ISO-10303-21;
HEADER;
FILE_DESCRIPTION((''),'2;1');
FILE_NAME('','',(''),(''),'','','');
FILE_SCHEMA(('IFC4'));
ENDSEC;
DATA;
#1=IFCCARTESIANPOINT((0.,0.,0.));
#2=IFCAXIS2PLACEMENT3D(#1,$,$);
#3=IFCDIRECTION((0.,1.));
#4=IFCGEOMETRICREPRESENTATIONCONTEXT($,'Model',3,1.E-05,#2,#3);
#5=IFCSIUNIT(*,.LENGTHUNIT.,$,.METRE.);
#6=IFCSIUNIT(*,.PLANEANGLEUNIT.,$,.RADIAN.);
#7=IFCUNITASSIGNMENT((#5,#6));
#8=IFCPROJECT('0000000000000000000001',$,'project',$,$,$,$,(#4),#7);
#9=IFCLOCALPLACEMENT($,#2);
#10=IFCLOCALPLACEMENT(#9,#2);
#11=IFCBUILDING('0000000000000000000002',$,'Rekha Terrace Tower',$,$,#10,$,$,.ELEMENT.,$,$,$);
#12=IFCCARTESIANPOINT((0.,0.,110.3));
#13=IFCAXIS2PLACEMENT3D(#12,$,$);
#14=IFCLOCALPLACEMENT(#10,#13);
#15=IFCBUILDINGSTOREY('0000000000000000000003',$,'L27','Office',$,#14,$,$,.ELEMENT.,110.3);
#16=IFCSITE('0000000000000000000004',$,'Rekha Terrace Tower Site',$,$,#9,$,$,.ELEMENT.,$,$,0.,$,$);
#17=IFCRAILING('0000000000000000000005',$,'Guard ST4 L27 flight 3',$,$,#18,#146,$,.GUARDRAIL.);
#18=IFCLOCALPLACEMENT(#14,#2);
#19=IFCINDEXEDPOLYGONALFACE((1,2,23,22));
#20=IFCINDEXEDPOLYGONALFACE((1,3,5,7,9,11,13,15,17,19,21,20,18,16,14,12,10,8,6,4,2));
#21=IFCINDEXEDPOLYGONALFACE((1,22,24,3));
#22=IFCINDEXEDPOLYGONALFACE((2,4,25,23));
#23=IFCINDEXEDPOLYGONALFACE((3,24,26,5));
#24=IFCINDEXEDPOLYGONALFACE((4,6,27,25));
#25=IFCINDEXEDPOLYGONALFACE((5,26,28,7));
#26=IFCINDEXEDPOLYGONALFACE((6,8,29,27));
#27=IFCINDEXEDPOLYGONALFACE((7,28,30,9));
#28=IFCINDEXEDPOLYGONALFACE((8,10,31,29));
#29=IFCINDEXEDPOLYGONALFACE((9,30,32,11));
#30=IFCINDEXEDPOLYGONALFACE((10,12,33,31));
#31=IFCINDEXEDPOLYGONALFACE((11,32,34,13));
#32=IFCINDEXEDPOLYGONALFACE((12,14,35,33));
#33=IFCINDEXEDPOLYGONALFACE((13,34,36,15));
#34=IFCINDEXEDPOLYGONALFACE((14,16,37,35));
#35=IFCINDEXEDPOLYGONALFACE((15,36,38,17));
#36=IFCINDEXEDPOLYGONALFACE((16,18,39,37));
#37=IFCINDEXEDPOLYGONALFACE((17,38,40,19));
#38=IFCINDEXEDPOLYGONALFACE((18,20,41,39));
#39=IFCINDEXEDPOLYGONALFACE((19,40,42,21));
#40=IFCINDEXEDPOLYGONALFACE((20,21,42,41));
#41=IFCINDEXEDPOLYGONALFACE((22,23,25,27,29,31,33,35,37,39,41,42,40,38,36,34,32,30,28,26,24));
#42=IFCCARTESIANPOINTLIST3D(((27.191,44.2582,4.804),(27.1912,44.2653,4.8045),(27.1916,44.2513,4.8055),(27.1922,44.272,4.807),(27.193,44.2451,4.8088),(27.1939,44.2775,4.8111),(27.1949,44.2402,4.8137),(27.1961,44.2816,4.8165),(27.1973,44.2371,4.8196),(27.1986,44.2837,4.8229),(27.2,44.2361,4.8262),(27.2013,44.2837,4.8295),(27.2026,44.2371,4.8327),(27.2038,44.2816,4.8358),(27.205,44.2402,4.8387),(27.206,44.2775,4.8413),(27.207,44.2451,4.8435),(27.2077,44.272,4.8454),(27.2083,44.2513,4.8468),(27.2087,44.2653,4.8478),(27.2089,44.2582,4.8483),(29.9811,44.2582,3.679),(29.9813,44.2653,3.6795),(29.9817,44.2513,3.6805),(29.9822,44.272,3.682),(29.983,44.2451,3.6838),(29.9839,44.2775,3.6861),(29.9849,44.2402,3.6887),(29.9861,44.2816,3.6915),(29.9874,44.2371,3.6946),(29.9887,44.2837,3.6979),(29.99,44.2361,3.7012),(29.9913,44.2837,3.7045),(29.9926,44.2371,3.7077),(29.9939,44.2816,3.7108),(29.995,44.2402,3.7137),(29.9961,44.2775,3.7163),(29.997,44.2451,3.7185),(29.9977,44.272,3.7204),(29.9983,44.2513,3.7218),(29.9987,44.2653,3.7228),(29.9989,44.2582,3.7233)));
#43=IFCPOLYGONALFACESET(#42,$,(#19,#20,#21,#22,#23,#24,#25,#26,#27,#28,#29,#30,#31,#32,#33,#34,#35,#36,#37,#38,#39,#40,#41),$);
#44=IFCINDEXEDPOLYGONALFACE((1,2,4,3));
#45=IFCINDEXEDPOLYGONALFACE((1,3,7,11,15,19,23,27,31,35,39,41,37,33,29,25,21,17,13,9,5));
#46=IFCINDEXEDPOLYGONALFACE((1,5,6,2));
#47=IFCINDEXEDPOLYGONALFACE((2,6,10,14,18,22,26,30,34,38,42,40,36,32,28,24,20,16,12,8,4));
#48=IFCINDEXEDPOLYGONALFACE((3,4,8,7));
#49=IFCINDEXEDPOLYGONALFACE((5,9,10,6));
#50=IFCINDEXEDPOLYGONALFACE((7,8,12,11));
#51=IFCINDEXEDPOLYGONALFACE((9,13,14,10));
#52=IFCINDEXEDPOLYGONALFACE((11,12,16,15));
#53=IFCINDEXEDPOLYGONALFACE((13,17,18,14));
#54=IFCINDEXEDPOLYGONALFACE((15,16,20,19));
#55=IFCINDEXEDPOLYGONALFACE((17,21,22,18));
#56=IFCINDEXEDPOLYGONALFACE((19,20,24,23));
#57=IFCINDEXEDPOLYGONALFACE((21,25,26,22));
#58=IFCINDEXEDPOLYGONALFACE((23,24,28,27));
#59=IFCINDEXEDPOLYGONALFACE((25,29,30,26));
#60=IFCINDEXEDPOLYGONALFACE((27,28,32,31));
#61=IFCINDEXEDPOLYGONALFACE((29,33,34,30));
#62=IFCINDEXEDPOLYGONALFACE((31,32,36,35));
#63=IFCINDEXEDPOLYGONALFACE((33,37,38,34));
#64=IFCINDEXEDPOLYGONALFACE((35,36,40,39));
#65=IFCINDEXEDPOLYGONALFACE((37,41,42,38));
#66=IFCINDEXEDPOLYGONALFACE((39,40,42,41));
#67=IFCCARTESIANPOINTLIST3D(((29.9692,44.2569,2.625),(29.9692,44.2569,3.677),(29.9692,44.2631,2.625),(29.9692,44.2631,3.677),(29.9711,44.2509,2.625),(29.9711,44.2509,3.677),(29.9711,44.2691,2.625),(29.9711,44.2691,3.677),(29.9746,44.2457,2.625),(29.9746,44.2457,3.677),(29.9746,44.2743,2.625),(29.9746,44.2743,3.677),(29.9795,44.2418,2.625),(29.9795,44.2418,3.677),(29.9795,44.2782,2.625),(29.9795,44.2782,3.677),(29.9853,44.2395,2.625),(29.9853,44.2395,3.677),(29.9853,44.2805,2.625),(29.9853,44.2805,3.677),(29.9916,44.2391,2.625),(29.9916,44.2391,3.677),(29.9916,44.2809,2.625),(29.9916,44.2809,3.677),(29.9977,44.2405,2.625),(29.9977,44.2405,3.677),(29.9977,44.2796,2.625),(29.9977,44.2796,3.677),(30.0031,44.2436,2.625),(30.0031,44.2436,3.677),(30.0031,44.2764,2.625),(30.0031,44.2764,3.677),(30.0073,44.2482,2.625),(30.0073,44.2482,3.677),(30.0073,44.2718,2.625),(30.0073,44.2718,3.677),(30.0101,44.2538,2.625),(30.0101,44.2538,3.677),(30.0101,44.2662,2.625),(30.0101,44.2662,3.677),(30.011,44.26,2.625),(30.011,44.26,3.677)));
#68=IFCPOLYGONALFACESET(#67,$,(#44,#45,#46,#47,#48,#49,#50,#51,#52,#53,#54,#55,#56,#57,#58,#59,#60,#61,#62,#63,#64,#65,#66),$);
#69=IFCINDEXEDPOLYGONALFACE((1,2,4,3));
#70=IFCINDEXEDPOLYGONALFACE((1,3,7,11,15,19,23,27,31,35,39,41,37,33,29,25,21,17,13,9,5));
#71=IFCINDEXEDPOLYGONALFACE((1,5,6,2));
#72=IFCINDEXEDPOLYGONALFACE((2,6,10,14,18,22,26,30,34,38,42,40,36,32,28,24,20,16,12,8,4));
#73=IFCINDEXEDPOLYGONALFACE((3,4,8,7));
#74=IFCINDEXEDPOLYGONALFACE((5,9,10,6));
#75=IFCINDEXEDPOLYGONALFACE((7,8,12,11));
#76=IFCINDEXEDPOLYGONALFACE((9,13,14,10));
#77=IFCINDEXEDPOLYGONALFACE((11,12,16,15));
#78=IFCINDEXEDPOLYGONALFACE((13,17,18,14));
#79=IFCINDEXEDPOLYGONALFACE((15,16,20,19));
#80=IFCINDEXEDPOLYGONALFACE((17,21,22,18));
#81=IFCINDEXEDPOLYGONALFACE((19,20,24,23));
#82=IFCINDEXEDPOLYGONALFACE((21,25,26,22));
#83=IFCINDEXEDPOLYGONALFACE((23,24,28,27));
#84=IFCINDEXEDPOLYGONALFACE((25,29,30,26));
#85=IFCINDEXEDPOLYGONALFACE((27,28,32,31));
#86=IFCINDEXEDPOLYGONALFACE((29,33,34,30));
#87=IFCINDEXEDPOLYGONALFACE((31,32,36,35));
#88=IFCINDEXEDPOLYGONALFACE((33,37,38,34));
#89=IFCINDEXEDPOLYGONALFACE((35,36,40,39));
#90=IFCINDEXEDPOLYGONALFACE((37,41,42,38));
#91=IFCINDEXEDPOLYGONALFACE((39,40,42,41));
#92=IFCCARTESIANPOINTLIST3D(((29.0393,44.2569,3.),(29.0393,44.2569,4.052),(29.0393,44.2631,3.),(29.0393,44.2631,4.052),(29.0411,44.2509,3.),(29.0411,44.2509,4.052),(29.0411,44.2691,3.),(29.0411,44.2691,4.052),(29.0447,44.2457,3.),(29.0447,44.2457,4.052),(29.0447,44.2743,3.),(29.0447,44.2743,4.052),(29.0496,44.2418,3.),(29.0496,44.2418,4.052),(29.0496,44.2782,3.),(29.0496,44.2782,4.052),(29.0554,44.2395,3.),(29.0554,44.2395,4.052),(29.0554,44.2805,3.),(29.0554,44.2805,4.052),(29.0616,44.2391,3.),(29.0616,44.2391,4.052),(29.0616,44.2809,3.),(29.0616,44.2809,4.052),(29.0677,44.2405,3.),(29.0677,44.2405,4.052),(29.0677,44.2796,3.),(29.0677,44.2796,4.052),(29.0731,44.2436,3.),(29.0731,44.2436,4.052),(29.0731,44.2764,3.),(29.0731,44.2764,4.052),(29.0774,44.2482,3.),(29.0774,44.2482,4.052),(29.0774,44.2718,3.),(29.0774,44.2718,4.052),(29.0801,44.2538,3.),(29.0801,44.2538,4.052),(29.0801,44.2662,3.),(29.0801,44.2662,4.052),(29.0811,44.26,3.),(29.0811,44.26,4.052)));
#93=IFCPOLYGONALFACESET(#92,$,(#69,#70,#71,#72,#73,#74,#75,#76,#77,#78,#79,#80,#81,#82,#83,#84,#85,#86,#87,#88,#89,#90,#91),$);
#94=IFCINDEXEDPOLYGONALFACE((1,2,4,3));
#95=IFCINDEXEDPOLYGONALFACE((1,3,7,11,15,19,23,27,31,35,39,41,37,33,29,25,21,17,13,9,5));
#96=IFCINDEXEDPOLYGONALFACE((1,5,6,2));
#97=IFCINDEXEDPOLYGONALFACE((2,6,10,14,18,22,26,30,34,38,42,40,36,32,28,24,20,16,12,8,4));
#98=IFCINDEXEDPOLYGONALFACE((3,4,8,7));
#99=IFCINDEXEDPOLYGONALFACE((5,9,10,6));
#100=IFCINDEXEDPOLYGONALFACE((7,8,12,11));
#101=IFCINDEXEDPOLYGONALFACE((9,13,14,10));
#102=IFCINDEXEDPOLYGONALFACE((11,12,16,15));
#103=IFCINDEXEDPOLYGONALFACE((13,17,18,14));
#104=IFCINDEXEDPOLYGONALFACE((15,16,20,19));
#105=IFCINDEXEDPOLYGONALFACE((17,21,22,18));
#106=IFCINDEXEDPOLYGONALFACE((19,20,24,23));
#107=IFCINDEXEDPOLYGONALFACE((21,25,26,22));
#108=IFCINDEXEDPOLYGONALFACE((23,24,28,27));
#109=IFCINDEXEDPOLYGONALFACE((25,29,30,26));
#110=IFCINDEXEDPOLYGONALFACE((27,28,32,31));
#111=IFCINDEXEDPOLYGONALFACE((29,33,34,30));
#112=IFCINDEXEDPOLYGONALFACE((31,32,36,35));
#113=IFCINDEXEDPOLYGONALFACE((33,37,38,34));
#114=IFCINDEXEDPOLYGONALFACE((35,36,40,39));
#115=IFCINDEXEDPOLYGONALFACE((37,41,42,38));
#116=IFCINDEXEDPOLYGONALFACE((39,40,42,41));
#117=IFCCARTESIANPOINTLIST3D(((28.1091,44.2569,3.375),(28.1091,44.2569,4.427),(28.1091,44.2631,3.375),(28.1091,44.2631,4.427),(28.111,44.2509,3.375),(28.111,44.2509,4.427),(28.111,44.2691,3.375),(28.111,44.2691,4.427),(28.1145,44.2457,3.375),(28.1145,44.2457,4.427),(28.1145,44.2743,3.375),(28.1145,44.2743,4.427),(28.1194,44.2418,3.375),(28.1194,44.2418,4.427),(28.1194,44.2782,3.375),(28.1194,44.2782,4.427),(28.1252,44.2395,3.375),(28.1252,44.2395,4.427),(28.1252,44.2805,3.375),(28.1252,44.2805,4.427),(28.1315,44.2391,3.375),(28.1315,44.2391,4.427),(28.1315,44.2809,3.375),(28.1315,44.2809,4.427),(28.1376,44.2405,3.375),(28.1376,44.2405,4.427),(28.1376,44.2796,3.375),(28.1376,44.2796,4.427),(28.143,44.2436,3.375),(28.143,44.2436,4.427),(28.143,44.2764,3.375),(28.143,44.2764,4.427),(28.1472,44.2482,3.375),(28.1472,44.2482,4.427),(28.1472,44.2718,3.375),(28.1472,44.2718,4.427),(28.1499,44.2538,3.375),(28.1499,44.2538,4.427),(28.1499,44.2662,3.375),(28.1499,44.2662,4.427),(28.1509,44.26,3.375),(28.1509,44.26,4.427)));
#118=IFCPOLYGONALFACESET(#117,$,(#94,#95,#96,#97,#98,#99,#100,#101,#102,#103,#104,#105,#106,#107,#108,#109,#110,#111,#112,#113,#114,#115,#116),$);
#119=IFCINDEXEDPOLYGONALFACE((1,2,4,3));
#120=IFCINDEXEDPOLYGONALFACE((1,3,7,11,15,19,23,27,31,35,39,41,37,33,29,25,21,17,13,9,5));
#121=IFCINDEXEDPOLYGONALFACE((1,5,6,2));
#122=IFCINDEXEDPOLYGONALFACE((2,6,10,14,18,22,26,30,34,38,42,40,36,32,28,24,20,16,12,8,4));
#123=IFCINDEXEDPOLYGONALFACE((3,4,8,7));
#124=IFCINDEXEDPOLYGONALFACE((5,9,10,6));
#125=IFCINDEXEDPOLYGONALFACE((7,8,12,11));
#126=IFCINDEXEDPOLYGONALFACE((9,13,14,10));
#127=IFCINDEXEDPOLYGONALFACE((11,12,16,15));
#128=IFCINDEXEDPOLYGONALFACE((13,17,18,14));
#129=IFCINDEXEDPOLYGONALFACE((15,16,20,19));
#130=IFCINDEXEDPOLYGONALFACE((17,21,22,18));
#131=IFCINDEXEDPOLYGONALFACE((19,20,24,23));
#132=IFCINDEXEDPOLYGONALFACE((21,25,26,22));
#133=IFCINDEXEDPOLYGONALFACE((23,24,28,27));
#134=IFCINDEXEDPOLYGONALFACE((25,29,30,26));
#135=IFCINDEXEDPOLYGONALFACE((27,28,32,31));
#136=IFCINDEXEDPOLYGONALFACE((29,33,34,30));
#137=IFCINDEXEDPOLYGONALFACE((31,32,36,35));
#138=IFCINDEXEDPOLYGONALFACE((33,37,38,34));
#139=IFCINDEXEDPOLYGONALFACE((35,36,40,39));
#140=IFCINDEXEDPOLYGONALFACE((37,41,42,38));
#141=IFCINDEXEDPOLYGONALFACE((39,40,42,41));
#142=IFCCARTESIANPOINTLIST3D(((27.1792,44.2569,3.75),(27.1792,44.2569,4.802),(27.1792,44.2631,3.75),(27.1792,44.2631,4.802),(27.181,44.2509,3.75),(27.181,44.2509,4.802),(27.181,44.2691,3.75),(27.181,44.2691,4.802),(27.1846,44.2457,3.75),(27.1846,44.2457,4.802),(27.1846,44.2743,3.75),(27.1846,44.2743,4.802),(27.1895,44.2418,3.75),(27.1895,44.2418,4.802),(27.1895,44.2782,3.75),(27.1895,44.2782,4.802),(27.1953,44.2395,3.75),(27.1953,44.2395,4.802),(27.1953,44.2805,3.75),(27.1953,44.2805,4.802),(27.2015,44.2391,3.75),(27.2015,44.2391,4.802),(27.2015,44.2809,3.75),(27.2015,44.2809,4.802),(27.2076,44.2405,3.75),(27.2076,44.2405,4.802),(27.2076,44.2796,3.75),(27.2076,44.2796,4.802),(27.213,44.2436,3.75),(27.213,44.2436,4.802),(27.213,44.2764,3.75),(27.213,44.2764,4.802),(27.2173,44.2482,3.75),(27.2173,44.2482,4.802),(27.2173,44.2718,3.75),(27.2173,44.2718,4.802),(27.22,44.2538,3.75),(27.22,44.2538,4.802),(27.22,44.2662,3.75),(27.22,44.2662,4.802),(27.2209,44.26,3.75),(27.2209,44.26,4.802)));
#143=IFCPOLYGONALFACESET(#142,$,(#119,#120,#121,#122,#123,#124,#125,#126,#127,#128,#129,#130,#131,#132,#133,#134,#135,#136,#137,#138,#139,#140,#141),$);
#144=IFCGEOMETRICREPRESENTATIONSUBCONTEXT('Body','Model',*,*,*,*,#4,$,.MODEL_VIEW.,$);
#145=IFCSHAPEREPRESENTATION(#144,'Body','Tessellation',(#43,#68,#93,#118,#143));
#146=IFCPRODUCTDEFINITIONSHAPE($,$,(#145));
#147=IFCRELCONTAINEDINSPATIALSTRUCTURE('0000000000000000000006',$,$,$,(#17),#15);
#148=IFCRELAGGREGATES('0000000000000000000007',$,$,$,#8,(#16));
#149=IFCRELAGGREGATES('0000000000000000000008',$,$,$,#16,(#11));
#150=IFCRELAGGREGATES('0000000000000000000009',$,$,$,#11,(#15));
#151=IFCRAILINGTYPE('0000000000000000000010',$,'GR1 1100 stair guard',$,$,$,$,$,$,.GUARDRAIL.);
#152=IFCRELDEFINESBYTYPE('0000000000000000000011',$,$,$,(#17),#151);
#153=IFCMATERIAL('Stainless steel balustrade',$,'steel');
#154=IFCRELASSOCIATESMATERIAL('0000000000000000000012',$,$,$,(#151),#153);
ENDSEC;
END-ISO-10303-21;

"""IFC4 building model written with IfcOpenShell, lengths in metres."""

from ifc_helpers import new_model, si_unit, direction, frame, origin, origin_2d, place, context, subcontext, project, spatial, circle, extrude, material, type_object, element, save


model = new_model("IFC4")

# Units and contexts
model_context = context("Model", 3, precision=1e-05, world=origin(), true_north=direction((0.0, 1.0)))
body_context = subcontext(model_context, "Body", "Model", "MODEL_VIEW")
ifc_project = project(units=[si_unit("LENGTHUNIT", "METRE"), si_unit("PLANEANGLEUNIT", "RADIAN")], contexts=[model_context])

# Site, building, storey
site_placement = place(None, origin())
site = spatial("IfcSite", under=ifc_project, at=site_placement, Name="Rekha Terrace Tower Site", CompositionType="ELEMENT", RefElevation=0.0)
building_placement = place(site_placement, origin())
building = spatial("IfcBuilding", under=site, at=building_placement, Name="Rekha Terrace Tower", CompositionType="ELEMENT")
storey_placement = place(building_placement, frame((0.0, 0.0, 110.3)))
storey = spatial("IfcBuildingStorey", under=building, at=storey_placement, Name="L27", Description="Office", CompositionType="ELEMENT", Elevation=110.3)

# Railing
ifc_material_1 = material(Name="Stainless steel balustrade", Category="steel")
railing_type_1 = type_object("IfcRailingType", Name="GR1 1100 stair guard", PredefinedType="GUARDRAIL", material=ifc_material_1)
railing_1_placement = place(storey_placement, frame((29.99, 44.26, 2.625)))
element("IfcRailing", 1, at=railing_1_placement, inside=storey, type_object=railing_type_1, Name="Guard ST4 L27 flight 3", PredefinedType="GUARDRAIL", context=body_context, shape_type="SweptSolid", body=[
    extrude(circle(Radius=0.0239, at=origin_2d()), frame((0.0, 0.0, 1.0762), z_axis=(-0.927443, 0.0, 0.373964), x_axis=(0.0, -1.0, 0.0)), (0.0, 0.0, 1.0), 3.0083),
    extrude(circle(Radius=0.021, at=origin_2d()), origin(), (0.0, 0.0, 1.0), 1.052),
    extrude(circle(Radius=0.021, at=origin_2d()), frame((-0.9299, 0.0, 0.375)), (0.0, 0.0, 1.0), 1.052),
    extrude(circle(Radius=0.021, at=origin_2d()), frame((-1.8601, 0.0, 0.75)), (0.0, 0.0, 1.0), 1.052),
    extrude(circle(Radius=0.021, at=origin_2d()), frame((-2.79, 0.0, 1.125)), (0.0, 0.0, 1.0), 1.052),
])

save(model, "model.ifc")
